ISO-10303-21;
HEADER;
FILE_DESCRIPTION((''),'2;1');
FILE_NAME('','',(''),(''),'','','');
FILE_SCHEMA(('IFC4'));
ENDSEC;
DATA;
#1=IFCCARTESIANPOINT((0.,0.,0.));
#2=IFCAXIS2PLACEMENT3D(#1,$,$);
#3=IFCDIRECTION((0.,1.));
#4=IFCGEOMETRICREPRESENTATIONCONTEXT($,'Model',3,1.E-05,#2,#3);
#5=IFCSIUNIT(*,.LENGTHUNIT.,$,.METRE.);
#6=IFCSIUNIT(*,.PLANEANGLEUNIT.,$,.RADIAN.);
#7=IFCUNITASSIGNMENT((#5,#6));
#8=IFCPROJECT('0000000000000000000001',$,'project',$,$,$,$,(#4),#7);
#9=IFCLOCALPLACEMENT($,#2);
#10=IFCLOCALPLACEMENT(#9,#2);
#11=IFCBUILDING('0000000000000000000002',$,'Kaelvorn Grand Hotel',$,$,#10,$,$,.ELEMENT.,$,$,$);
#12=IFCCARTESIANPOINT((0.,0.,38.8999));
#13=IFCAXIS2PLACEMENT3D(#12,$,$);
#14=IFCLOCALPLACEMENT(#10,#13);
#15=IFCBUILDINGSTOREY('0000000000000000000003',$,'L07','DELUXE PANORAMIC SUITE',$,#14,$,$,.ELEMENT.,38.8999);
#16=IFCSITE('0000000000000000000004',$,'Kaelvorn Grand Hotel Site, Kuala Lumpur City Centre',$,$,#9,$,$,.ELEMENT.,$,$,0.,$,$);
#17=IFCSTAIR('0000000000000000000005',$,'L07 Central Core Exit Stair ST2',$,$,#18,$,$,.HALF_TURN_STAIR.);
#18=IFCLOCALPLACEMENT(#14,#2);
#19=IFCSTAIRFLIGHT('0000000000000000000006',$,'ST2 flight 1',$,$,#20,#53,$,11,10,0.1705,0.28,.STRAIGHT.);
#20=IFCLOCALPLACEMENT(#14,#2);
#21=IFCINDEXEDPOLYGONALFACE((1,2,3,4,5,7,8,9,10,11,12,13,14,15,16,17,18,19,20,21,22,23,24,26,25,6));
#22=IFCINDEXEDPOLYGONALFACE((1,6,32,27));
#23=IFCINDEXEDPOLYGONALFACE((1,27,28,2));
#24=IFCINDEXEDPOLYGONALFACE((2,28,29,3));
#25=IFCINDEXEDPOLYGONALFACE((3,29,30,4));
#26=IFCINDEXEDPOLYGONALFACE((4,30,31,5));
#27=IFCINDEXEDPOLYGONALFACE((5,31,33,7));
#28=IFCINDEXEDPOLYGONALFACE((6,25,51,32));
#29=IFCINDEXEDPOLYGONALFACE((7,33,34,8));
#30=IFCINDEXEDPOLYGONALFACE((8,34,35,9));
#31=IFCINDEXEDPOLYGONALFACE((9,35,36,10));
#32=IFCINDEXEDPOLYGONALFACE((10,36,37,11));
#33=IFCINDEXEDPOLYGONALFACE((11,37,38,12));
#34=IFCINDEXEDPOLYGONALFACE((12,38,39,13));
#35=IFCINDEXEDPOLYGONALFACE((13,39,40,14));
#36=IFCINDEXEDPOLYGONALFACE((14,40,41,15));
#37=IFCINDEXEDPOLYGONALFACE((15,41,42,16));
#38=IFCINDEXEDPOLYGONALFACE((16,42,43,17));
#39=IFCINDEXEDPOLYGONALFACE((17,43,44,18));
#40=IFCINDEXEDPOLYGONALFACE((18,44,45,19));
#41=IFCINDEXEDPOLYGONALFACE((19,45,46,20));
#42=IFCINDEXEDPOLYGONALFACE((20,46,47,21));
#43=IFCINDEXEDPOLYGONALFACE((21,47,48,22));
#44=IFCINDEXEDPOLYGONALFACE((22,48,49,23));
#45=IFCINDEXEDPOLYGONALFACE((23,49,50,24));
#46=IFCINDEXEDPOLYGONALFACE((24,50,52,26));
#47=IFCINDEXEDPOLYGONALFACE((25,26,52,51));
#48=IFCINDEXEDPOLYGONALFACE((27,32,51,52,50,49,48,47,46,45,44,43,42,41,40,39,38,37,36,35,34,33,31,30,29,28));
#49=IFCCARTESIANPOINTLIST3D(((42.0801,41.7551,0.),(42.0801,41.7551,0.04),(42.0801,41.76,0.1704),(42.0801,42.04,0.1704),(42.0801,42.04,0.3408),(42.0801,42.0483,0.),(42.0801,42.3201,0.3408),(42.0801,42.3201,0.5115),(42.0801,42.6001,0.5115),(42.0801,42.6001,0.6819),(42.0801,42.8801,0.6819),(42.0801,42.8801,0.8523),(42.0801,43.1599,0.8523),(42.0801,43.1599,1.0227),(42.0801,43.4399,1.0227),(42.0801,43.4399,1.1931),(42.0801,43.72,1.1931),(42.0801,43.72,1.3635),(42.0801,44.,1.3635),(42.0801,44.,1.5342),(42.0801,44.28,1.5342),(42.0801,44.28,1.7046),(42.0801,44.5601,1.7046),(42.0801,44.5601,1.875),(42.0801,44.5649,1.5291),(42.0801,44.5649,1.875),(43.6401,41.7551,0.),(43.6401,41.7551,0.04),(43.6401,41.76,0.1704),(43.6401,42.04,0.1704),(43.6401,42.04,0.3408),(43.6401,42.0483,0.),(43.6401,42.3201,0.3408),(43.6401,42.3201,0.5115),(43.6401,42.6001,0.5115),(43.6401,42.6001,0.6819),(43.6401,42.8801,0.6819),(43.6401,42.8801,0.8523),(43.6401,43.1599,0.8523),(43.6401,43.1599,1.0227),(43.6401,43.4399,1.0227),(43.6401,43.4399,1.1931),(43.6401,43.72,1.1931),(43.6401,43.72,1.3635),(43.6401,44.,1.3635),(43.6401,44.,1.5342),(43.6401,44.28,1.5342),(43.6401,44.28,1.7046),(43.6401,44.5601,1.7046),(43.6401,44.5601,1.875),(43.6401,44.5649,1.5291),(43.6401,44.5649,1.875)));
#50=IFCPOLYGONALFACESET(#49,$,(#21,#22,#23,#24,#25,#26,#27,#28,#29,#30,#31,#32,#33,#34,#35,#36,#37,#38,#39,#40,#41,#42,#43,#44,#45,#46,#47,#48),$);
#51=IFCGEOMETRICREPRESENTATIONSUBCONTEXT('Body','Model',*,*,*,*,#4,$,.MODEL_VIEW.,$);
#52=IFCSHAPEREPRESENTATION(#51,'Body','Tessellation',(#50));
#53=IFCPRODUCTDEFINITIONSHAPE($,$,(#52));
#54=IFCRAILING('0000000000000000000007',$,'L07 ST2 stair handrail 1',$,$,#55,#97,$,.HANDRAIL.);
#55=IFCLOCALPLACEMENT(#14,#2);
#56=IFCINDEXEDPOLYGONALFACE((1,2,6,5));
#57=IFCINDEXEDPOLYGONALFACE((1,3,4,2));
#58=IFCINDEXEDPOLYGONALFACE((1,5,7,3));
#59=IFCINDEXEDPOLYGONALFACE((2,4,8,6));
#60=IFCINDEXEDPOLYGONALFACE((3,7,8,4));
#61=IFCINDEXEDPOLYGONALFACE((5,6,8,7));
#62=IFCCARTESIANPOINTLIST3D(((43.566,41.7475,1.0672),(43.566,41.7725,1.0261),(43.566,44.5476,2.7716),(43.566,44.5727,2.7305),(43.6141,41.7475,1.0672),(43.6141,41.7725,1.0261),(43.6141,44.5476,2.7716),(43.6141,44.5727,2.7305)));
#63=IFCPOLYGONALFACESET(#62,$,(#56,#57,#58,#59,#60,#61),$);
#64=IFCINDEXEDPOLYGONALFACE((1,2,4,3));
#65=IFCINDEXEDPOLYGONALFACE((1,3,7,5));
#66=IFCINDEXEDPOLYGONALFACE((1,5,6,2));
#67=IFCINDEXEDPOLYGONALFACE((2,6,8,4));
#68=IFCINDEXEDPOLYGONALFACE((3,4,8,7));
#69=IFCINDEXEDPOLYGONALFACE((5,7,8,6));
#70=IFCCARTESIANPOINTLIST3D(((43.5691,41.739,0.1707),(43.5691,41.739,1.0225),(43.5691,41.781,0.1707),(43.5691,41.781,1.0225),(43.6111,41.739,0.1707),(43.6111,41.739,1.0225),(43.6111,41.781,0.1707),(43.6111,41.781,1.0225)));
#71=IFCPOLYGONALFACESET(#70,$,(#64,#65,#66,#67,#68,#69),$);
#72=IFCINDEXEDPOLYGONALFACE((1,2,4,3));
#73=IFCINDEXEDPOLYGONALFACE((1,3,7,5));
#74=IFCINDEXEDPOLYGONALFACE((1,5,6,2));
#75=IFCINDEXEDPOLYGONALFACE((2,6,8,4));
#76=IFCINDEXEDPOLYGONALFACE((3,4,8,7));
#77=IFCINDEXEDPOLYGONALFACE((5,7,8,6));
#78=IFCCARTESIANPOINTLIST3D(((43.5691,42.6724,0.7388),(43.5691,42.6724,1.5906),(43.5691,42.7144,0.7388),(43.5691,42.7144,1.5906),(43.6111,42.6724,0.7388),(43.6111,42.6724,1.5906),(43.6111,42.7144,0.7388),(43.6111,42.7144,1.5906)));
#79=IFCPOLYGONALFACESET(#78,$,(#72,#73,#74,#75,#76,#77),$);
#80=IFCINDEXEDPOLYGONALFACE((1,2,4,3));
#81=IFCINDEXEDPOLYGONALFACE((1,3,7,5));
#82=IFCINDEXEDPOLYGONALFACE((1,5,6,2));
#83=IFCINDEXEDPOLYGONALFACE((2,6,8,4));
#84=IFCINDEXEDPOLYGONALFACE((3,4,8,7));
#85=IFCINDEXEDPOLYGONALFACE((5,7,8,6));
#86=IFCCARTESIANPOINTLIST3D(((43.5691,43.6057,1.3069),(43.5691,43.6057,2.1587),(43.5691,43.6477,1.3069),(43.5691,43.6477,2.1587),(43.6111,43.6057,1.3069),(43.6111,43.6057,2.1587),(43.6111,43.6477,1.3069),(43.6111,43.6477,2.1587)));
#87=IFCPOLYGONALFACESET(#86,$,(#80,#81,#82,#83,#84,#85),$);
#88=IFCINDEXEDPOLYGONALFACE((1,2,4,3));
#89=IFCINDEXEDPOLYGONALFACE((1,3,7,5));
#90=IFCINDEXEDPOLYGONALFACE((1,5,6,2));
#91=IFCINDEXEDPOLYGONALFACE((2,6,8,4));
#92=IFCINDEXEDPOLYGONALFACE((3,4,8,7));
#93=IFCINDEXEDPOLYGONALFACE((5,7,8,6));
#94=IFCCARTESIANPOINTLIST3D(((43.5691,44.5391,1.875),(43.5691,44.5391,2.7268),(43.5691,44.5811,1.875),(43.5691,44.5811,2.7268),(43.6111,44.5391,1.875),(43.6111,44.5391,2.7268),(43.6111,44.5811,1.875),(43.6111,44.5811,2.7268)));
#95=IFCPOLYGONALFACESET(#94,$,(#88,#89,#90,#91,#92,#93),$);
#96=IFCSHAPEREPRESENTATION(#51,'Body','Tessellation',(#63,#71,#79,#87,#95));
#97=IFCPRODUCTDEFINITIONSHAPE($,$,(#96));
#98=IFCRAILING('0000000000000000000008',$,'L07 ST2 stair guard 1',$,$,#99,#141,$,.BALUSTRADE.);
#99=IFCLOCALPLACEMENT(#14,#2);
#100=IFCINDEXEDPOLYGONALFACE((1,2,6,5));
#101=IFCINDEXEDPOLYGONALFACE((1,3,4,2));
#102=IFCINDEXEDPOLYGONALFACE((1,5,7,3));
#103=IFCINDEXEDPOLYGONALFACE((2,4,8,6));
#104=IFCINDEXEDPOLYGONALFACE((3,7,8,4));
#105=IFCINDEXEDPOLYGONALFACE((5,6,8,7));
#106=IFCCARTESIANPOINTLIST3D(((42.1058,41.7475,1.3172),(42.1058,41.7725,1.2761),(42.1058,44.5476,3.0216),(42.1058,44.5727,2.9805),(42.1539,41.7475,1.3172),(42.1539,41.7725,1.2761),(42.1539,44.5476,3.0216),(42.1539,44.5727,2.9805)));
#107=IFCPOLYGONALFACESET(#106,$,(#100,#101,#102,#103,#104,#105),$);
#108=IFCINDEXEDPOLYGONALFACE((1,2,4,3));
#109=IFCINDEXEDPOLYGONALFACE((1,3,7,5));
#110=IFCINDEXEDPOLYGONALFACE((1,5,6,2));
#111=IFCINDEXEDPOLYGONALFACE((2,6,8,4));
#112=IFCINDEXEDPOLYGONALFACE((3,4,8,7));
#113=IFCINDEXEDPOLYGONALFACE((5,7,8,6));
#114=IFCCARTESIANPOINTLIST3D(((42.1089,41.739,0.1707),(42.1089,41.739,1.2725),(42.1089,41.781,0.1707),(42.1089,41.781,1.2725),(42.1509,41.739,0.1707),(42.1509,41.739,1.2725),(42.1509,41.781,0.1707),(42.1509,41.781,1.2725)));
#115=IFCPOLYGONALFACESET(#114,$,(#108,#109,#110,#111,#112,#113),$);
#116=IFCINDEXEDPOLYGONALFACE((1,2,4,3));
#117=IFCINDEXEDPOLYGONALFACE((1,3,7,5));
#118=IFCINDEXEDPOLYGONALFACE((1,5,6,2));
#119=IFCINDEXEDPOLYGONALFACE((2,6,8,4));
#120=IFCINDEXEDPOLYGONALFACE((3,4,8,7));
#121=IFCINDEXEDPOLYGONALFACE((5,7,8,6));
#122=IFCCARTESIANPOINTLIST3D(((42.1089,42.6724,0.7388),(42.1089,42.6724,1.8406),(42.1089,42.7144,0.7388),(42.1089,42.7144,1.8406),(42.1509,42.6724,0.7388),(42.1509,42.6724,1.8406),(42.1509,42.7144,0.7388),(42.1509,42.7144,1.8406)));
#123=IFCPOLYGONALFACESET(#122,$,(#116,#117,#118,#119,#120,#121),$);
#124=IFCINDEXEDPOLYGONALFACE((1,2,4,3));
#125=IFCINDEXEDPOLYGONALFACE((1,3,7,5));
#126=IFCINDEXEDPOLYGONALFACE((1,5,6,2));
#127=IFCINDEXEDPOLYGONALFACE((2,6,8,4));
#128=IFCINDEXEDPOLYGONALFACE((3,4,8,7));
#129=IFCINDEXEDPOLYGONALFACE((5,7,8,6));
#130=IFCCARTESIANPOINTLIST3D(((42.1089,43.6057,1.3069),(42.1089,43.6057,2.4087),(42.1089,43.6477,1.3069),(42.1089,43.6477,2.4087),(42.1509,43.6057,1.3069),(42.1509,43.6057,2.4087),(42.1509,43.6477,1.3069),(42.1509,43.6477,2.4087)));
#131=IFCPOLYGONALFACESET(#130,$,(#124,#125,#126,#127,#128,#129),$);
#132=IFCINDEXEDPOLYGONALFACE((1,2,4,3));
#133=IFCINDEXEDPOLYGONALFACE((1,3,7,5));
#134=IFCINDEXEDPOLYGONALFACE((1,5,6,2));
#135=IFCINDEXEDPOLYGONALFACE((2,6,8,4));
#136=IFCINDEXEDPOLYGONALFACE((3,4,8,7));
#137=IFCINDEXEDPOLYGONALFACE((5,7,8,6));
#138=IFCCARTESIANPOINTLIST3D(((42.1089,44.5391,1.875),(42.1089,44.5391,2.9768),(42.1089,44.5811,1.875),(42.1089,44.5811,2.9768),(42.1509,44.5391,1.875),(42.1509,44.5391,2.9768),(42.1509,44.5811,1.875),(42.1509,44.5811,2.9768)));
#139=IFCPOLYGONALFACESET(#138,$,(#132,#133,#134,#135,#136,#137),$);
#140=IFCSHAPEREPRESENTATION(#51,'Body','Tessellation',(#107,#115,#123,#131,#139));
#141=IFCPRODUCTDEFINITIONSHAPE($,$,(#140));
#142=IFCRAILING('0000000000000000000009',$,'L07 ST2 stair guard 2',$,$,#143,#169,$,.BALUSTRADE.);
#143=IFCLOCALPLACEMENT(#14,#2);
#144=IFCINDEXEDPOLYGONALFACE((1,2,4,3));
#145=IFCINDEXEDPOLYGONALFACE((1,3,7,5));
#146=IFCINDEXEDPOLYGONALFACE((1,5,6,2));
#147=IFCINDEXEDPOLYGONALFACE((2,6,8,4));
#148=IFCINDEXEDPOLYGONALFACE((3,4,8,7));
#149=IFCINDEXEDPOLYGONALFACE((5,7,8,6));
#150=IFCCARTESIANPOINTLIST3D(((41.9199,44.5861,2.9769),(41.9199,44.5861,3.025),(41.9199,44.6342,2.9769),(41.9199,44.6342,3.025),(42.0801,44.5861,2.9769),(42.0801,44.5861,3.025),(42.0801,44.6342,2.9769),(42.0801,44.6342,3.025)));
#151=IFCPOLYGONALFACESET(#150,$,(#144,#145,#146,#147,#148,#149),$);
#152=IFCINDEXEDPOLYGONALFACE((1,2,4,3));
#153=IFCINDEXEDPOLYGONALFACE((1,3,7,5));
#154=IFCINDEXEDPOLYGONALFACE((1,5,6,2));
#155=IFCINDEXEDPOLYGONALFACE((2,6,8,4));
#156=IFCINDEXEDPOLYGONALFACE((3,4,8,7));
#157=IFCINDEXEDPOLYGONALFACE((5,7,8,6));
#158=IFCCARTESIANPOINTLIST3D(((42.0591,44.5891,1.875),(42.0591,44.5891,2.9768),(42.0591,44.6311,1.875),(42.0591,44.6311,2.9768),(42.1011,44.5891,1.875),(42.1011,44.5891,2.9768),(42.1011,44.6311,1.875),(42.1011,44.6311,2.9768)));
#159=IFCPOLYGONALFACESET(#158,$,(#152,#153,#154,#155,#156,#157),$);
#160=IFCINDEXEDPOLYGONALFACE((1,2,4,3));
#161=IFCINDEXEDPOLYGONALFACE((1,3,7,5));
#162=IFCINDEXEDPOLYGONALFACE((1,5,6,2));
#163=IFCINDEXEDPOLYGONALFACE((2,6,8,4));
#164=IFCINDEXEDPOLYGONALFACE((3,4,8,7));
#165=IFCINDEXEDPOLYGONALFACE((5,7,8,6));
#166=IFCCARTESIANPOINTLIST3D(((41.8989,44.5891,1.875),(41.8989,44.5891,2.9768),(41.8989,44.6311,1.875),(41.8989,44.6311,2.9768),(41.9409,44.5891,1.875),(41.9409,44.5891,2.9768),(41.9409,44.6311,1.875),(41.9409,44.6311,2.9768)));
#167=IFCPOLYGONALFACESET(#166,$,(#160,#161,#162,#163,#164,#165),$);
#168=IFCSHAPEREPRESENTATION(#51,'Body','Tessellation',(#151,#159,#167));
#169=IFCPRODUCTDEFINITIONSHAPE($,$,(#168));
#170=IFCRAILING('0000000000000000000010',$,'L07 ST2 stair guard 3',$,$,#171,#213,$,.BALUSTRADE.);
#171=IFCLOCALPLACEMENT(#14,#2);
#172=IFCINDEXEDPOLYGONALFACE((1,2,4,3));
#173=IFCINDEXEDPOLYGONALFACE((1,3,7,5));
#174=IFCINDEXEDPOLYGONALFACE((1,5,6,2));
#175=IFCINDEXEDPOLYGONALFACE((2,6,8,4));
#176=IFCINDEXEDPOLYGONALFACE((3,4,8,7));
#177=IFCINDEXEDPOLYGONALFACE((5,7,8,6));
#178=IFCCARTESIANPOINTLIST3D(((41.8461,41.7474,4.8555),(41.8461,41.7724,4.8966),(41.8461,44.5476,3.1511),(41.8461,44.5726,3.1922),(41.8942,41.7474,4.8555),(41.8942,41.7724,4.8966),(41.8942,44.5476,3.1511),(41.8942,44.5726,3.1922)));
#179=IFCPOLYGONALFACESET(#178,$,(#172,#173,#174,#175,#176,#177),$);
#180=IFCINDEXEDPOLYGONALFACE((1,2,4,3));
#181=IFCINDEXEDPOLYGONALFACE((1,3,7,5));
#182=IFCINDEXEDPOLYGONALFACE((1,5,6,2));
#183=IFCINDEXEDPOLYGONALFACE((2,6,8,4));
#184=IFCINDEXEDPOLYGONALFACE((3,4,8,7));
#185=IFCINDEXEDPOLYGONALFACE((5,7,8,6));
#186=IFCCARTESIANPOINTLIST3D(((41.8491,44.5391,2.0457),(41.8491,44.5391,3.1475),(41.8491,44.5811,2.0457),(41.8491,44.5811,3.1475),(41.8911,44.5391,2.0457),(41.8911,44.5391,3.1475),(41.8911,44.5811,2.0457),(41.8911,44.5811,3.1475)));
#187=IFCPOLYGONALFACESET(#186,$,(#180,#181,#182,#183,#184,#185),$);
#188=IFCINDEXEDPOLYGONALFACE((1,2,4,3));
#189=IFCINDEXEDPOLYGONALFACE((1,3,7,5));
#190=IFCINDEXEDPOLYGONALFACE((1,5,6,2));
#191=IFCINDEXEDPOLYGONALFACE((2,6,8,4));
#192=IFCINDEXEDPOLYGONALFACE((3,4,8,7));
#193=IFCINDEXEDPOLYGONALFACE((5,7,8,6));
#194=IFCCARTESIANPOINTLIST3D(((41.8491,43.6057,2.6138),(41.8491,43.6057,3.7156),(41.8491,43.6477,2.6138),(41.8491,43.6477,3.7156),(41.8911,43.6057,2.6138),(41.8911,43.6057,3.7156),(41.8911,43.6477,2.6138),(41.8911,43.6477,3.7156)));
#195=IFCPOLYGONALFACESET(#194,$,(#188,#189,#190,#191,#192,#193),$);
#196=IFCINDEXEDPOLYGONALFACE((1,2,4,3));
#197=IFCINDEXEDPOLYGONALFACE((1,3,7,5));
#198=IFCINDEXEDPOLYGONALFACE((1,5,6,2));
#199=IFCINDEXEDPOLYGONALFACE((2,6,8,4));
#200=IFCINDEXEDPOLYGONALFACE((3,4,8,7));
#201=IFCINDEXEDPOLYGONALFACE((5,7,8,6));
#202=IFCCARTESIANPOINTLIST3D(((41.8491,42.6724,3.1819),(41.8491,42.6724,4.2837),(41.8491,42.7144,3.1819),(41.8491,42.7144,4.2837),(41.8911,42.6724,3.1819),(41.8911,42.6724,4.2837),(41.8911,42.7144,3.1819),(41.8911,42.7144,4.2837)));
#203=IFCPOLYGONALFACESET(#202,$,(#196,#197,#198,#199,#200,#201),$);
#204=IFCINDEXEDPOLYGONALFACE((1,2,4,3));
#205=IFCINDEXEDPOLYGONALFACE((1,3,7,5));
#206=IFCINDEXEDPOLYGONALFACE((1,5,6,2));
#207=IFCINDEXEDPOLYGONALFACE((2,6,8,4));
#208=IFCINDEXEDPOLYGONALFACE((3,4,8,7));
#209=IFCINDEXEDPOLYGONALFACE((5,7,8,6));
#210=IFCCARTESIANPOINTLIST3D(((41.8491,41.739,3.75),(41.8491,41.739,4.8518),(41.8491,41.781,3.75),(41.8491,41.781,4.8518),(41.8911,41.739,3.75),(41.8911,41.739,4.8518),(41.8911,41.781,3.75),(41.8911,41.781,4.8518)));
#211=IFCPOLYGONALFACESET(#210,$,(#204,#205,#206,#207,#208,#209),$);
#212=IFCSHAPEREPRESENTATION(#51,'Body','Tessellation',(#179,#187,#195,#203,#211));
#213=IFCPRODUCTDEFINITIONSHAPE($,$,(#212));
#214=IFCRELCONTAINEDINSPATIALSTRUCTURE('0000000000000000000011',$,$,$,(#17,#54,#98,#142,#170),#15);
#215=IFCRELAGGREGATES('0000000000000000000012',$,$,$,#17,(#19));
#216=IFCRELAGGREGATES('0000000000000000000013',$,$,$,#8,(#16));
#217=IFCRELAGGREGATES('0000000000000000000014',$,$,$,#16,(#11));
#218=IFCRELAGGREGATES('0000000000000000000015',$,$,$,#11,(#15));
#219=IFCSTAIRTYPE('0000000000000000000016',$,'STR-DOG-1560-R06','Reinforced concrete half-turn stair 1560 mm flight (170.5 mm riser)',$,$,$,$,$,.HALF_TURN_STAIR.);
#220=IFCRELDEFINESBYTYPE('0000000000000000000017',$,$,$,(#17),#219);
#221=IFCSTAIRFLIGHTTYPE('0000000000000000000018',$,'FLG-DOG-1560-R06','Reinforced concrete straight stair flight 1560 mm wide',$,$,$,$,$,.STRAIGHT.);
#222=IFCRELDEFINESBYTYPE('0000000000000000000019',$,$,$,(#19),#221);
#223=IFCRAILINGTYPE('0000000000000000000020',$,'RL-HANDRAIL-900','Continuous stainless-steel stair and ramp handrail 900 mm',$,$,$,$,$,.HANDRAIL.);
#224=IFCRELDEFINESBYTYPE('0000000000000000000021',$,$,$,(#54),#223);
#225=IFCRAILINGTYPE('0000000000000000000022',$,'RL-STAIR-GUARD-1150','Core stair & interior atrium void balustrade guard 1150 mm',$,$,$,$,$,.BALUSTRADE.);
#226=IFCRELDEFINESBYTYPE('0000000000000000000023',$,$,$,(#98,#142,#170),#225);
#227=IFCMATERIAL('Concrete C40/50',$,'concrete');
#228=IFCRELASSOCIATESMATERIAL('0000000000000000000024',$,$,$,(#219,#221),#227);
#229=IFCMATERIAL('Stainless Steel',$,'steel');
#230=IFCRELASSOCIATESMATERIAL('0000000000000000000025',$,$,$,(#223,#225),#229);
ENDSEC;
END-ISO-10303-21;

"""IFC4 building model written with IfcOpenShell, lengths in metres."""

from ifc_helpers import new_model, si_unit, direction, frame, origin, origin_2d, place, context, subcontext, project, spatial, polyline, rectangle, outline, extrude, material, type_object, element, aggregate, save


model = new_model("IFC4")

# Units and contexts
model_context = context("Model", 3, precision=1e-05, world=origin(), true_north=direction((0.0, 1.0)))
body_context = subcontext(model_context, "Body", "Model", "MODEL_VIEW")
ifc_project = project(units=[si_unit("LENGTHUNIT", "METRE"), si_unit("PLANEANGLEUNIT", "RADIAN")], contexts=[model_context])

# Site, building, storey
site_placement = place(None, origin())
site = spatial("IfcSite", under=ifc_project, at=site_placement, Name="Kaelvorn Grand Hotel Site, Kuala Lumpur City Centre", CompositionType="ELEMENT", RefElevation=0.0)
building_placement = place(site_placement, origin())
building = spatial("IfcBuilding", under=site, at=building_placement, Name="Kaelvorn Grand Hotel", CompositionType="ELEMENT")
storey_placement = place(building_placement, frame((0.0, 0.0, 38.8999)))
storey = spatial("IfcBuildingStorey", under=building, at=storey_placement, Name="L07", Description="DELUXE PANORAMIC SUITE", CompositionType="ELEMENT", Elevation=38.8999)

# Shared definitions
ifc_material_1 = material(Name="Concrete C40/50", Category="concrete")

# Shared definitions
ifc_material_2 = material(Name="Stainless Steel", Category="steel")

# Stair, stair flight
stair_type = type_object("IfcStairType", Name="STR-DOG-1560-R06", Description="Reinforced concrete half-turn stair 1560 mm flight (170.5 mm riser)", PredefinedType="HALF_TURN_STAIR", material=ifc_material_1)
stair_placement = place(storey_placement, origin())
stair = element("IfcStair", 1, at=stair_placement, inside=storey, type_object=stair_type, Name="L07 Central Core Exit Stair ST2", PredefinedType="HALF_TURN_STAIR")
stair_flight_type = type_object("IfcStairFlightType", Name="FLG-DOG-1560-R06", Description="Reinforced concrete straight stair flight 1560 mm wide", PredefinedType="STRAIGHT", material=ifc_material_1)
stair_flight_placement = place(storey_placement, frame((42.8601, 41.76, 0.0), z_axis=(0.0, 0.0, 1.0), x_axis=(0.0, 1.0, 0.0)))
stair_flight = element("IfcStairFlight", 2, at=stair_flight_placement, type_object=stair_flight_type, Name="ST2 flight 1", NumberOfRisers=11, NumberOfTreads=10, PredefinedType="STRAIGHT", RiserHeight=0.1705, TreadLength=0.28, context=body_context, shape_type="SweptSolid", body=[
    extrude(outline(polyline([(-0.0049, 0.0), (-0.0049, 0.04), (0.0, 0.1704), (0.28, 0.1704), (0.28, 0.3408), (0.5601, 0.3408), (0.5601, 0.5115), (0.8401, 0.5115), (0.8401, 0.6819), (1.1201, 0.6819), (1.1201, 0.8523), (1.3999, 0.8523), (1.3999, 1.0227), (1.6799, 1.0227), (1.6799, 1.1931), (1.96, 1.1931), (1.96, 1.3635), (2.24, 1.3635), (2.24, 1.5342), (2.52, 1.5342), (2.52, 1.7046), (2.8, 1.7046), (2.8, 1.875), (2.8049, 1.875), (2.8049, 1.5291), (0.2883, 0.0), (-0.0049, 0.0)])), frame((0.0, 0.78, 0.0), z_axis=(0.0, -1.0, 0.0), x_axis=(1.0, 0.0, 0.0)), (0.0, 0.0, 1.0), 1.5601),
])
aggregate(stair, [stair_flight])

# Railings
railing_type_1 = type_object("IfcRailingType", Name="RL-HANDRAIL-900", Description="Continuous stainless-steel stair and ramp handrail 900 mm", PredefinedType="HANDRAIL", material=ifc_material_2)
railing_1_placement = place(storey_placement, frame((43.5901, 41.76, 0.1707)))
element("IfcRailing", 3, at=railing_1_placement, inside=storey, type_object=railing_type_1, Name="L07 ST2 stair handrail 1", PredefinedType="HANDRAIL", context=body_context, shape_type="SweptSolid", body=[
    extrude(rectangle(XDim=0.0481, YDim=0.0481, at=origin_2d()), frame((0.0, 0.0, 0.876), z_axis=(0.0, 0.854203, 0.51994), x_axis=(-1.0, 0.0, 0.0)), (0.0, 0.0, 1.0), 3.2781),
    extrude(rectangle(XDim=0.042, YDim=0.042, at=origin_2d()), origin(), (0.0, 0.0, 1.0), 0.8518),
    extrude(rectangle(XDim=0.042, YDim=0.042, at=origin_2d()), frame((0.0, 0.9333, 0.5681)), (0.0, 0.0, 1.0), 0.8518),
    extrude(rectangle(XDim=0.042, YDim=0.042, at=origin_2d()), frame((0.0, 1.8667, 1.1362)), (0.0, 0.0, 1.0), 0.8518),
    extrude(rectangle(XDim=0.042, YDim=0.042, at=origin_2d()), frame((0.0, 2.8, 1.7043)), (0.0, 0.0, 1.0), 0.8518),
])
railing_type_2 = type_object("IfcRailingType", Name="RL-STAIR-GUARD-1150", Description="Core stair & interior atrium void balustrade guard 1150 mm", PredefinedType="BALUSTRADE", material=ifc_material_2)
railing_2_placement = place(storey_placement, frame((42.1299, 41.76, 0.1707)))
element("IfcRailing", 4, at=railing_2_placement, inside=storey, type_object=railing_type_2, Name="L07 ST2 stair guard 1", PredefinedType="BALUSTRADE", context=body_context, shape_type="SweptSolid", body=[
    extrude(rectangle(XDim=0.0481, YDim=0.0481, at=origin_2d()), frame((0.0, 0.0, 1.126), z_axis=(0.0, 0.854203, 0.51994), x_axis=(-1.0, 0.0, 0.0)), (0.0, 0.0, 1.0), 3.2781),
    extrude(rectangle(XDim=0.042, YDim=0.042, at=origin_2d()), origin(), (0.0, 0.0, 1.0), 1.1018),
    extrude(rectangle(XDim=0.042, YDim=0.042, at=origin_2d()), frame((0.0, 0.9333, 0.5681)), (0.0, 0.0, 1.0), 1.1018),
    extrude(rectangle(XDim=0.042, YDim=0.042, at=origin_2d()), frame((0.0, 1.8667, 1.1362)), (0.0, 0.0, 1.0), 1.1018),
    extrude(rectangle(XDim=0.042, YDim=0.042, at=origin_2d()), frame((0.0, 2.8, 1.7043)), (0.0, 0.0, 1.0), 1.1018),
])
railing_3_placement = place(storey_placement, frame((42.0801, 44.6101, 1.875)))
element("IfcRailing", 5, at=railing_3_placement, inside=storey, type_object=railing_type_2, Name="L07 ST2 stair guard 2", PredefinedType="BALUSTRADE", context=body_context, shape_type="SweptSolid", body=[
    extrude(rectangle(XDim=0.0481, YDim=0.0481, at=origin_2d()), frame((0.0, 0.0, 1.126), z_axis=(-1.0, 0.0, 0.0), x_axis=(0.0, -1.0, 0.0)), (0.0, 0.0, 1.0), 0.1602),
    extrude(rectangle(XDim=0.042, YDim=0.042, at=origin_2d()), origin(), (0.0, 0.0, 1.0), 1.1018),
    extrude(rectangle(XDim=0.042, YDim=0.042, at=origin_2d()), frame((-0.1602, 0.0, 0.0)), (0.0, 0.0, 1.0), 1.1018),
])
railing_4_placement = place(storey_placement, frame((41.8701, 44.5601, 2.0457)))
element("IfcRailing", 6, at=railing_4_placement, inside=storey, type_object=railing_type_2, Name="L07 ST2 stair guard 3", PredefinedType="BALUSTRADE", context=body_context, shape_type="SweptSolid", body=[
    extrude(rectangle(XDim=0.0481, YDim=0.0481, at=origin_2d()), frame((0.0, 0.0, 1.126), z_axis=(0.0, -0.854203, 0.51994), x_axis=(1.0, 0.0, 0.0)), (0.0, 0.0, 1.0), 3.2781),
    extrude(rectangle(XDim=0.042, YDim=0.042, at=origin_2d()), origin(), (0.0, 0.0, 1.0), 1.1018),
    extrude(rectangle(XDim=0.042, YDim=0.042, at=origin_2d()), frame((0.0, -0.9333, 0.5681)), (0.0, 0.0, 1.0), 1.1018),
    extrude(rectangle(XDim=0.042, YDim=0.042, at=origin_2d()), frame((0.0, -1.8667, 1.1362)), (0.0, 0.0, 1.0), 1.1018),
    extrude(rectangle(XDim=0.042, YDim=0.042, at=origin_2d()), frame((0.0, -2.8, 1.7043)), (0.0, 0.0, 1.0), 1.1018),
])

save(model, "model.ifc")
